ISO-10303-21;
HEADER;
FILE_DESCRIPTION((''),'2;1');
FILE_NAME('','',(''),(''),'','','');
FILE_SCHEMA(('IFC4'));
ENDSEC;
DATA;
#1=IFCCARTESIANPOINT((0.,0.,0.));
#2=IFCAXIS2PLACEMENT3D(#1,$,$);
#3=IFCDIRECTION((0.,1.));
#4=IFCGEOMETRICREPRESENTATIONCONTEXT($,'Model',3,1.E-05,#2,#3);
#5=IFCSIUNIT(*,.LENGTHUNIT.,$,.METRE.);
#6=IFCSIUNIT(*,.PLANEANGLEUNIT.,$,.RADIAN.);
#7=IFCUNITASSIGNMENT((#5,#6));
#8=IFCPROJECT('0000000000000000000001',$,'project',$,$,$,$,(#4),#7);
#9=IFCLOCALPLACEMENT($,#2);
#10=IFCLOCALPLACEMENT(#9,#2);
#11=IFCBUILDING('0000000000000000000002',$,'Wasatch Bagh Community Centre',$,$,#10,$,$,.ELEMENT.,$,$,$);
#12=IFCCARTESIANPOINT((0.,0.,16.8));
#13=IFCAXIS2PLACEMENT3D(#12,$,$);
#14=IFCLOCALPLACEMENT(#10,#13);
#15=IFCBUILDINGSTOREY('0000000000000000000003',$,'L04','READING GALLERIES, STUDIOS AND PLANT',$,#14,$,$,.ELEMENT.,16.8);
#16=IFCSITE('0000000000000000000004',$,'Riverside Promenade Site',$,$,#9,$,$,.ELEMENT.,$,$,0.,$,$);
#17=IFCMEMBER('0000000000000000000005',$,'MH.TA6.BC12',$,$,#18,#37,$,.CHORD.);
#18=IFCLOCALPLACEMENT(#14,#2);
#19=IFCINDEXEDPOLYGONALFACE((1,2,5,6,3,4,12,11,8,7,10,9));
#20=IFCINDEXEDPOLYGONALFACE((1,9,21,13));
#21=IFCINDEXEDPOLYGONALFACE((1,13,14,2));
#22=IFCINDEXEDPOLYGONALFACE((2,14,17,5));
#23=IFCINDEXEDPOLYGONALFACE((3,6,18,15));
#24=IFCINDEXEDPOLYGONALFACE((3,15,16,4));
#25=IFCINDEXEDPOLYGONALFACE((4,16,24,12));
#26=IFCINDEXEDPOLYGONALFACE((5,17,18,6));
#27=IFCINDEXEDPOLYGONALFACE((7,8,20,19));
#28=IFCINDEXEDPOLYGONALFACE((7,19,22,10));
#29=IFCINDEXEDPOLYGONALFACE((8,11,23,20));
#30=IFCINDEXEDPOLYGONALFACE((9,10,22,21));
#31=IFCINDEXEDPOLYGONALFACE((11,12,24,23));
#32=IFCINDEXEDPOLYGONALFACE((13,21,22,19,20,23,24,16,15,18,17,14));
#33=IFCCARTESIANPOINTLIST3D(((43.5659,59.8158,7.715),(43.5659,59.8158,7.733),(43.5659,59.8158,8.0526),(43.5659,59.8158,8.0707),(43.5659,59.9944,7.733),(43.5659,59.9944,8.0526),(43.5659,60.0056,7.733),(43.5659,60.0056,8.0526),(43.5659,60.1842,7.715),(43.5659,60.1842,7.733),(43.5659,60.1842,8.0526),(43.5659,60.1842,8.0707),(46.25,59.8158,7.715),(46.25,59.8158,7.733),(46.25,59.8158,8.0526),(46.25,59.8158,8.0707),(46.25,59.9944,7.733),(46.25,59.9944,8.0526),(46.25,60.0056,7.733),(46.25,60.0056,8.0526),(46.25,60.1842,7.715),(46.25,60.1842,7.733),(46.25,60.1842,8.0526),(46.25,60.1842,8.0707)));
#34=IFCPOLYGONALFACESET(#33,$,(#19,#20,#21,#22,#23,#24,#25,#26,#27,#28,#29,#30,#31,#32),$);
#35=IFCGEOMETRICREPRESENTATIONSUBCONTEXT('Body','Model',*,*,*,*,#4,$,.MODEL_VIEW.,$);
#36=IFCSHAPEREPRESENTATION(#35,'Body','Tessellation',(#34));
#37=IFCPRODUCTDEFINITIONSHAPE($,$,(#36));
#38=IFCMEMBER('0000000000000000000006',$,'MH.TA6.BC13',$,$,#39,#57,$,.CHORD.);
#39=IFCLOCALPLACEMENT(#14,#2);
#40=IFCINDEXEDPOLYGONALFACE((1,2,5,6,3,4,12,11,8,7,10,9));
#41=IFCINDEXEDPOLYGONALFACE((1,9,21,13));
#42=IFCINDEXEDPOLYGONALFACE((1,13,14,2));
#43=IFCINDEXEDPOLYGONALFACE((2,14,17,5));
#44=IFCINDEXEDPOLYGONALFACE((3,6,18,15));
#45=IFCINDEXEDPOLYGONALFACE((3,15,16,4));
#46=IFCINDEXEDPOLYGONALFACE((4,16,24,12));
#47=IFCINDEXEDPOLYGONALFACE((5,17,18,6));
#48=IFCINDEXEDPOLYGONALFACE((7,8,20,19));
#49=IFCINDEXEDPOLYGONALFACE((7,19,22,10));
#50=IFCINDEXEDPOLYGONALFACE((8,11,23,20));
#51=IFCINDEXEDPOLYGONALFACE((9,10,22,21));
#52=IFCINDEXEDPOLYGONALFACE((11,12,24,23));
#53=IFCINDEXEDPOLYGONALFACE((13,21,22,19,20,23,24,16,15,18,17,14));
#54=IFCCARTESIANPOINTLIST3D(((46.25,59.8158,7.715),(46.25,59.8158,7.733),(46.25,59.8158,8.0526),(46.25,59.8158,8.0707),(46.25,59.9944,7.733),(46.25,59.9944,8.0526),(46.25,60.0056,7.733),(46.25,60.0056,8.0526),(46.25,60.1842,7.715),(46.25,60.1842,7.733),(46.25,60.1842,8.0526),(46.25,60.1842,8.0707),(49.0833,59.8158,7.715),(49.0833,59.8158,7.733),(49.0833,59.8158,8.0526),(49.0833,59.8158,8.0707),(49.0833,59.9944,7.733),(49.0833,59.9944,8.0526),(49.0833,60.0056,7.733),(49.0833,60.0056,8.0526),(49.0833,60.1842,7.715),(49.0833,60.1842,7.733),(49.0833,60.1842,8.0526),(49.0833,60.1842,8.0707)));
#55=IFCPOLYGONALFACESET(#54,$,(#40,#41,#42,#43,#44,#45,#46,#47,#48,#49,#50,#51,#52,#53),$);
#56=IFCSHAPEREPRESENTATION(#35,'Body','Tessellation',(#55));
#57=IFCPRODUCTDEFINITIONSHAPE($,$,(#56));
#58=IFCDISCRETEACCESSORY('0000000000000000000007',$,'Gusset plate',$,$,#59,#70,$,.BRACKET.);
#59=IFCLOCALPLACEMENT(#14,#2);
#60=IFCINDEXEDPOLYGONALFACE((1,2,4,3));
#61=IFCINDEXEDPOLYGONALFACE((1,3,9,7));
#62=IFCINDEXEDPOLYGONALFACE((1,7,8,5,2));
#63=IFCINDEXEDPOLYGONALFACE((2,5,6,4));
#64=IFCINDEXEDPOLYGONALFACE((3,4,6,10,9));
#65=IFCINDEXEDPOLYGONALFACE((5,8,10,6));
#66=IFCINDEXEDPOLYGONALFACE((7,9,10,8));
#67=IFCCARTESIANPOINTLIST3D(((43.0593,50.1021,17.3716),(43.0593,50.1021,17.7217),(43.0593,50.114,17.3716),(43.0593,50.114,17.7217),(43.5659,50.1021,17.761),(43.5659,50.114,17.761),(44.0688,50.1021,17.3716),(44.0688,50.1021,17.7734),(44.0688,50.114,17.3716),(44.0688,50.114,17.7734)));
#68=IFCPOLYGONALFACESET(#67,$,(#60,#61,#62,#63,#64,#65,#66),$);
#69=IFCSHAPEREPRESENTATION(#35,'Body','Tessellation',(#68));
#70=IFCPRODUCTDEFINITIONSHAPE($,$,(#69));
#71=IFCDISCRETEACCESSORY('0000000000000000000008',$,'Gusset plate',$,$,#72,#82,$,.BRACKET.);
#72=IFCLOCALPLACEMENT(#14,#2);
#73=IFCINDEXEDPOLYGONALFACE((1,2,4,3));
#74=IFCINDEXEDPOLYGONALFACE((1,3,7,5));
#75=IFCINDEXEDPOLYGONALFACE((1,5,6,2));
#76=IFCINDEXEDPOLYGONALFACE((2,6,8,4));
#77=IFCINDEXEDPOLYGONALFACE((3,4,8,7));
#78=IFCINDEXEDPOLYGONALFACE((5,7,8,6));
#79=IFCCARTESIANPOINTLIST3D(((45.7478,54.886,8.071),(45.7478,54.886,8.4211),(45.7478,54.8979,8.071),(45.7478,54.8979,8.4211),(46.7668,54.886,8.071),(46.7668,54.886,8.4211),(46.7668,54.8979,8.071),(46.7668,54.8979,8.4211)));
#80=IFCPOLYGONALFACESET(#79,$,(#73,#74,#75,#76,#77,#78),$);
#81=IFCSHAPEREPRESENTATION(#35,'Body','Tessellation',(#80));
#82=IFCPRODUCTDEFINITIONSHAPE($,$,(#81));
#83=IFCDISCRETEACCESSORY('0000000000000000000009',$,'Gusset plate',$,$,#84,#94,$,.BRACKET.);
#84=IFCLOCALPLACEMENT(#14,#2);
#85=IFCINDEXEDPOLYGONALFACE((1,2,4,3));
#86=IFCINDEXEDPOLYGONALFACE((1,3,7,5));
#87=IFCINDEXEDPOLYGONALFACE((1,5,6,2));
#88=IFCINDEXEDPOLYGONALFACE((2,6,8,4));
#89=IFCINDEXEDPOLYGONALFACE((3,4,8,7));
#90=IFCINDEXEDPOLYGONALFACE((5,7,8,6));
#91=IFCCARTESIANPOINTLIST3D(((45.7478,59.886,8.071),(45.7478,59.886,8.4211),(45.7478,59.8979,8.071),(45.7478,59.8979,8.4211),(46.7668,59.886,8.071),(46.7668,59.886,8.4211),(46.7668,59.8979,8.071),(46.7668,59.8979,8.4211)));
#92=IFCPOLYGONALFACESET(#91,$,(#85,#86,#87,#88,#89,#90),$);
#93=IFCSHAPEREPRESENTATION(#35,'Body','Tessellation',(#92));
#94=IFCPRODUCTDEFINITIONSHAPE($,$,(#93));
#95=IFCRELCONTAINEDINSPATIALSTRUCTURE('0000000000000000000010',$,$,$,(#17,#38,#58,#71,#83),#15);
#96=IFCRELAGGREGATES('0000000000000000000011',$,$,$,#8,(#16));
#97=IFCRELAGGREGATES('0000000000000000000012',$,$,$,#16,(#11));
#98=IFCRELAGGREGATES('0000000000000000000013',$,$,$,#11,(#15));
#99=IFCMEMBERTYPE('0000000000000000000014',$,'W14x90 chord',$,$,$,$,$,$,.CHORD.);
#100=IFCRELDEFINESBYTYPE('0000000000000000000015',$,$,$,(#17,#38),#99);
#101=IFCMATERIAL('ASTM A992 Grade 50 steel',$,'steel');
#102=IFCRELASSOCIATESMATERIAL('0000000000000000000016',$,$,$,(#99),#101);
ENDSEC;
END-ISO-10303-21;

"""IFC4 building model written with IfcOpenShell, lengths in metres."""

from ifc_helpers import new_model, si_unit, direction, frame, origin, origin_2d, place, context, subcontext, project, spatial, polyline, i_section, outline, extrude, material, material_profile, profile_set, type_object, element, save


model = new_model("IFC4")

# Units and contexts
model_context = context("Model", 3, precision=1e-05, world=origin(), true_north=direction((0.0, 1.0)))
body_context = subcontext(model_context, "Body", "Model", "MODEL_VIEW")
ifc_project = project(units=[si_unit("LENGTHUNIT", "METRE"), si_unit("PLANEANGLEUNIT", "RADIAN")], contexts=[model_context])

# Site, building, storey
site_placement = place(None, origin())
site = spatial("IfcSite", under=ifc_project, at=site_placement, Name="Riverside Promenade Site", CompositionType="ELEMENT", RefElevation=0.0)
building_placement = place(site_placement, origin())
building = spatial("IfcBuilding", under=site, at=building_placement, Name="Wasatch Bagh Community Centre", CompositionType="ELEMENT")
storey_placement = place(building_placement, frame((0.0, 0.0, 16.8)))
storey = spatial("IfcBuildingStorey", under=building, at=storey_placement, Name="L04", Description="READING GALLERIES, STUDIOS AND PLANT", CompositionType="ELEMENT", Elevation=16.8)

# Members
ifc_material_1 = material(Name="ASTM A992 Grade 50 steel", Category="steel")
ifc_material_profile_1 = material_profile(ifc_material_1, i_section(OverallWidth=0.3684, OverallDepth=0.3557, WebThickness=0.0112, FlangeThickness=0.0181, at=origin_2d()), Name="W14x90")
ifc_profile_set_1 = profile_set([ifc_material_profile_1], Name="ASTM A992 Grade 50 steel")
member_type_1 = type_object("IfcMemberType", Name="W14x90 chord", PredefinedType="CHORD", material=ifc_profile_set_1)
member_1_placement = place(storey_placement, frame((43.5659, 60.0, 7.8928), z_axis=(1.0, 0.0, 0.0), x_axis=(0.0, 1.0, 0.0)))
element("IfcMember", 1, at=member_1_placement, inside=storey, type_object=member_type_1, Name="MH.TA6.BC12", PredefinedType="CHORD", context=body_context, shape_type="SweptSolid", body=[
    extrude(i_section(OverallWidth=0.3684, OverallDepth=0.3557, WebThickness=0.0112, FlangeThickness=0.0181, at=origin_2d()), origin(), (0.0, 0.0, 1.0), 2.6841),
])
member_2_placement = place(storey_placement, frame((46.25, 60.0, 7.8928), z_axis=(1.0, 0.0, 0.0), x_axis=(0.0, 1.0, 0.0)))
element("IfcMember", 2, at=member_2_placement, inside=storey, type_object=member_type_1, Name="MH.TA6.BC13", PredefinedType="CHORD", context=body_context, shape_type="SweptSolid", body=[
    extrude(i_section(OverallWidth=0.3684, OverallDepth=0.3557, WebThickness=0.0112, FlangeThickness=0.0181, at=origin_2d()), origin(), (0.0, 0.0, 1.0), 2.8333),
])

# Discrete accessories
discrete_accessory_placement = place(storey_placement, frame((43.0593, 50.114, 17.7217), z_axis=(0.0, 1.0, 0.0), x_axis=(0.997003, 0.0, 0.077358)))
element("IfcDiscreteAccessory", 3, at=discrete_accessory_placement, inside=storey, Name="Gusset plate", PredefinedType="BRACKET", context=body_context, shape_type="SweptSolid", body=[
    extrude(outline(polyline([(0.0, 0.0), (0.5081, 0.0), (1.0105, 0.0265), (0.9794, 0.4271), (-0.0271, 0.349), (0.0, 0.0)])), origin(), (0.0, 0.0, -1.0), 0.012),
])
for number, where, z_axis, x_axis, name in (
    (4, (45.7478, 54.886, 8.071), (0.0, -1.0, 0.0), (1.0, 0.0, 0.0), "Gusset plate"),
    (5, (45.7478, 59.886, 8.071), (0.0, -1.0, 0.0), (1.0, 0.0, 0.0), "Gusset plate"),
):
    element("IfcDiscreteAccessory", number, at=place(storey_placement, frame(where, z_axis=z_axis, x_axis=x_axis)), inside=storey, Name=name, PredefinedType="BRACKET", context=body_context, shape_type="SweptSolid", body=[
        extrude(outline(polyline([(0.0, 0.0), (1.019, 0.0), (1.019, 0.3501), (0.0, 0.3501), (0.0, 0.0)])), origin(), (0.0, 0.0, -1.0), 0.012),
    ])

save(model, "model.ifc")
